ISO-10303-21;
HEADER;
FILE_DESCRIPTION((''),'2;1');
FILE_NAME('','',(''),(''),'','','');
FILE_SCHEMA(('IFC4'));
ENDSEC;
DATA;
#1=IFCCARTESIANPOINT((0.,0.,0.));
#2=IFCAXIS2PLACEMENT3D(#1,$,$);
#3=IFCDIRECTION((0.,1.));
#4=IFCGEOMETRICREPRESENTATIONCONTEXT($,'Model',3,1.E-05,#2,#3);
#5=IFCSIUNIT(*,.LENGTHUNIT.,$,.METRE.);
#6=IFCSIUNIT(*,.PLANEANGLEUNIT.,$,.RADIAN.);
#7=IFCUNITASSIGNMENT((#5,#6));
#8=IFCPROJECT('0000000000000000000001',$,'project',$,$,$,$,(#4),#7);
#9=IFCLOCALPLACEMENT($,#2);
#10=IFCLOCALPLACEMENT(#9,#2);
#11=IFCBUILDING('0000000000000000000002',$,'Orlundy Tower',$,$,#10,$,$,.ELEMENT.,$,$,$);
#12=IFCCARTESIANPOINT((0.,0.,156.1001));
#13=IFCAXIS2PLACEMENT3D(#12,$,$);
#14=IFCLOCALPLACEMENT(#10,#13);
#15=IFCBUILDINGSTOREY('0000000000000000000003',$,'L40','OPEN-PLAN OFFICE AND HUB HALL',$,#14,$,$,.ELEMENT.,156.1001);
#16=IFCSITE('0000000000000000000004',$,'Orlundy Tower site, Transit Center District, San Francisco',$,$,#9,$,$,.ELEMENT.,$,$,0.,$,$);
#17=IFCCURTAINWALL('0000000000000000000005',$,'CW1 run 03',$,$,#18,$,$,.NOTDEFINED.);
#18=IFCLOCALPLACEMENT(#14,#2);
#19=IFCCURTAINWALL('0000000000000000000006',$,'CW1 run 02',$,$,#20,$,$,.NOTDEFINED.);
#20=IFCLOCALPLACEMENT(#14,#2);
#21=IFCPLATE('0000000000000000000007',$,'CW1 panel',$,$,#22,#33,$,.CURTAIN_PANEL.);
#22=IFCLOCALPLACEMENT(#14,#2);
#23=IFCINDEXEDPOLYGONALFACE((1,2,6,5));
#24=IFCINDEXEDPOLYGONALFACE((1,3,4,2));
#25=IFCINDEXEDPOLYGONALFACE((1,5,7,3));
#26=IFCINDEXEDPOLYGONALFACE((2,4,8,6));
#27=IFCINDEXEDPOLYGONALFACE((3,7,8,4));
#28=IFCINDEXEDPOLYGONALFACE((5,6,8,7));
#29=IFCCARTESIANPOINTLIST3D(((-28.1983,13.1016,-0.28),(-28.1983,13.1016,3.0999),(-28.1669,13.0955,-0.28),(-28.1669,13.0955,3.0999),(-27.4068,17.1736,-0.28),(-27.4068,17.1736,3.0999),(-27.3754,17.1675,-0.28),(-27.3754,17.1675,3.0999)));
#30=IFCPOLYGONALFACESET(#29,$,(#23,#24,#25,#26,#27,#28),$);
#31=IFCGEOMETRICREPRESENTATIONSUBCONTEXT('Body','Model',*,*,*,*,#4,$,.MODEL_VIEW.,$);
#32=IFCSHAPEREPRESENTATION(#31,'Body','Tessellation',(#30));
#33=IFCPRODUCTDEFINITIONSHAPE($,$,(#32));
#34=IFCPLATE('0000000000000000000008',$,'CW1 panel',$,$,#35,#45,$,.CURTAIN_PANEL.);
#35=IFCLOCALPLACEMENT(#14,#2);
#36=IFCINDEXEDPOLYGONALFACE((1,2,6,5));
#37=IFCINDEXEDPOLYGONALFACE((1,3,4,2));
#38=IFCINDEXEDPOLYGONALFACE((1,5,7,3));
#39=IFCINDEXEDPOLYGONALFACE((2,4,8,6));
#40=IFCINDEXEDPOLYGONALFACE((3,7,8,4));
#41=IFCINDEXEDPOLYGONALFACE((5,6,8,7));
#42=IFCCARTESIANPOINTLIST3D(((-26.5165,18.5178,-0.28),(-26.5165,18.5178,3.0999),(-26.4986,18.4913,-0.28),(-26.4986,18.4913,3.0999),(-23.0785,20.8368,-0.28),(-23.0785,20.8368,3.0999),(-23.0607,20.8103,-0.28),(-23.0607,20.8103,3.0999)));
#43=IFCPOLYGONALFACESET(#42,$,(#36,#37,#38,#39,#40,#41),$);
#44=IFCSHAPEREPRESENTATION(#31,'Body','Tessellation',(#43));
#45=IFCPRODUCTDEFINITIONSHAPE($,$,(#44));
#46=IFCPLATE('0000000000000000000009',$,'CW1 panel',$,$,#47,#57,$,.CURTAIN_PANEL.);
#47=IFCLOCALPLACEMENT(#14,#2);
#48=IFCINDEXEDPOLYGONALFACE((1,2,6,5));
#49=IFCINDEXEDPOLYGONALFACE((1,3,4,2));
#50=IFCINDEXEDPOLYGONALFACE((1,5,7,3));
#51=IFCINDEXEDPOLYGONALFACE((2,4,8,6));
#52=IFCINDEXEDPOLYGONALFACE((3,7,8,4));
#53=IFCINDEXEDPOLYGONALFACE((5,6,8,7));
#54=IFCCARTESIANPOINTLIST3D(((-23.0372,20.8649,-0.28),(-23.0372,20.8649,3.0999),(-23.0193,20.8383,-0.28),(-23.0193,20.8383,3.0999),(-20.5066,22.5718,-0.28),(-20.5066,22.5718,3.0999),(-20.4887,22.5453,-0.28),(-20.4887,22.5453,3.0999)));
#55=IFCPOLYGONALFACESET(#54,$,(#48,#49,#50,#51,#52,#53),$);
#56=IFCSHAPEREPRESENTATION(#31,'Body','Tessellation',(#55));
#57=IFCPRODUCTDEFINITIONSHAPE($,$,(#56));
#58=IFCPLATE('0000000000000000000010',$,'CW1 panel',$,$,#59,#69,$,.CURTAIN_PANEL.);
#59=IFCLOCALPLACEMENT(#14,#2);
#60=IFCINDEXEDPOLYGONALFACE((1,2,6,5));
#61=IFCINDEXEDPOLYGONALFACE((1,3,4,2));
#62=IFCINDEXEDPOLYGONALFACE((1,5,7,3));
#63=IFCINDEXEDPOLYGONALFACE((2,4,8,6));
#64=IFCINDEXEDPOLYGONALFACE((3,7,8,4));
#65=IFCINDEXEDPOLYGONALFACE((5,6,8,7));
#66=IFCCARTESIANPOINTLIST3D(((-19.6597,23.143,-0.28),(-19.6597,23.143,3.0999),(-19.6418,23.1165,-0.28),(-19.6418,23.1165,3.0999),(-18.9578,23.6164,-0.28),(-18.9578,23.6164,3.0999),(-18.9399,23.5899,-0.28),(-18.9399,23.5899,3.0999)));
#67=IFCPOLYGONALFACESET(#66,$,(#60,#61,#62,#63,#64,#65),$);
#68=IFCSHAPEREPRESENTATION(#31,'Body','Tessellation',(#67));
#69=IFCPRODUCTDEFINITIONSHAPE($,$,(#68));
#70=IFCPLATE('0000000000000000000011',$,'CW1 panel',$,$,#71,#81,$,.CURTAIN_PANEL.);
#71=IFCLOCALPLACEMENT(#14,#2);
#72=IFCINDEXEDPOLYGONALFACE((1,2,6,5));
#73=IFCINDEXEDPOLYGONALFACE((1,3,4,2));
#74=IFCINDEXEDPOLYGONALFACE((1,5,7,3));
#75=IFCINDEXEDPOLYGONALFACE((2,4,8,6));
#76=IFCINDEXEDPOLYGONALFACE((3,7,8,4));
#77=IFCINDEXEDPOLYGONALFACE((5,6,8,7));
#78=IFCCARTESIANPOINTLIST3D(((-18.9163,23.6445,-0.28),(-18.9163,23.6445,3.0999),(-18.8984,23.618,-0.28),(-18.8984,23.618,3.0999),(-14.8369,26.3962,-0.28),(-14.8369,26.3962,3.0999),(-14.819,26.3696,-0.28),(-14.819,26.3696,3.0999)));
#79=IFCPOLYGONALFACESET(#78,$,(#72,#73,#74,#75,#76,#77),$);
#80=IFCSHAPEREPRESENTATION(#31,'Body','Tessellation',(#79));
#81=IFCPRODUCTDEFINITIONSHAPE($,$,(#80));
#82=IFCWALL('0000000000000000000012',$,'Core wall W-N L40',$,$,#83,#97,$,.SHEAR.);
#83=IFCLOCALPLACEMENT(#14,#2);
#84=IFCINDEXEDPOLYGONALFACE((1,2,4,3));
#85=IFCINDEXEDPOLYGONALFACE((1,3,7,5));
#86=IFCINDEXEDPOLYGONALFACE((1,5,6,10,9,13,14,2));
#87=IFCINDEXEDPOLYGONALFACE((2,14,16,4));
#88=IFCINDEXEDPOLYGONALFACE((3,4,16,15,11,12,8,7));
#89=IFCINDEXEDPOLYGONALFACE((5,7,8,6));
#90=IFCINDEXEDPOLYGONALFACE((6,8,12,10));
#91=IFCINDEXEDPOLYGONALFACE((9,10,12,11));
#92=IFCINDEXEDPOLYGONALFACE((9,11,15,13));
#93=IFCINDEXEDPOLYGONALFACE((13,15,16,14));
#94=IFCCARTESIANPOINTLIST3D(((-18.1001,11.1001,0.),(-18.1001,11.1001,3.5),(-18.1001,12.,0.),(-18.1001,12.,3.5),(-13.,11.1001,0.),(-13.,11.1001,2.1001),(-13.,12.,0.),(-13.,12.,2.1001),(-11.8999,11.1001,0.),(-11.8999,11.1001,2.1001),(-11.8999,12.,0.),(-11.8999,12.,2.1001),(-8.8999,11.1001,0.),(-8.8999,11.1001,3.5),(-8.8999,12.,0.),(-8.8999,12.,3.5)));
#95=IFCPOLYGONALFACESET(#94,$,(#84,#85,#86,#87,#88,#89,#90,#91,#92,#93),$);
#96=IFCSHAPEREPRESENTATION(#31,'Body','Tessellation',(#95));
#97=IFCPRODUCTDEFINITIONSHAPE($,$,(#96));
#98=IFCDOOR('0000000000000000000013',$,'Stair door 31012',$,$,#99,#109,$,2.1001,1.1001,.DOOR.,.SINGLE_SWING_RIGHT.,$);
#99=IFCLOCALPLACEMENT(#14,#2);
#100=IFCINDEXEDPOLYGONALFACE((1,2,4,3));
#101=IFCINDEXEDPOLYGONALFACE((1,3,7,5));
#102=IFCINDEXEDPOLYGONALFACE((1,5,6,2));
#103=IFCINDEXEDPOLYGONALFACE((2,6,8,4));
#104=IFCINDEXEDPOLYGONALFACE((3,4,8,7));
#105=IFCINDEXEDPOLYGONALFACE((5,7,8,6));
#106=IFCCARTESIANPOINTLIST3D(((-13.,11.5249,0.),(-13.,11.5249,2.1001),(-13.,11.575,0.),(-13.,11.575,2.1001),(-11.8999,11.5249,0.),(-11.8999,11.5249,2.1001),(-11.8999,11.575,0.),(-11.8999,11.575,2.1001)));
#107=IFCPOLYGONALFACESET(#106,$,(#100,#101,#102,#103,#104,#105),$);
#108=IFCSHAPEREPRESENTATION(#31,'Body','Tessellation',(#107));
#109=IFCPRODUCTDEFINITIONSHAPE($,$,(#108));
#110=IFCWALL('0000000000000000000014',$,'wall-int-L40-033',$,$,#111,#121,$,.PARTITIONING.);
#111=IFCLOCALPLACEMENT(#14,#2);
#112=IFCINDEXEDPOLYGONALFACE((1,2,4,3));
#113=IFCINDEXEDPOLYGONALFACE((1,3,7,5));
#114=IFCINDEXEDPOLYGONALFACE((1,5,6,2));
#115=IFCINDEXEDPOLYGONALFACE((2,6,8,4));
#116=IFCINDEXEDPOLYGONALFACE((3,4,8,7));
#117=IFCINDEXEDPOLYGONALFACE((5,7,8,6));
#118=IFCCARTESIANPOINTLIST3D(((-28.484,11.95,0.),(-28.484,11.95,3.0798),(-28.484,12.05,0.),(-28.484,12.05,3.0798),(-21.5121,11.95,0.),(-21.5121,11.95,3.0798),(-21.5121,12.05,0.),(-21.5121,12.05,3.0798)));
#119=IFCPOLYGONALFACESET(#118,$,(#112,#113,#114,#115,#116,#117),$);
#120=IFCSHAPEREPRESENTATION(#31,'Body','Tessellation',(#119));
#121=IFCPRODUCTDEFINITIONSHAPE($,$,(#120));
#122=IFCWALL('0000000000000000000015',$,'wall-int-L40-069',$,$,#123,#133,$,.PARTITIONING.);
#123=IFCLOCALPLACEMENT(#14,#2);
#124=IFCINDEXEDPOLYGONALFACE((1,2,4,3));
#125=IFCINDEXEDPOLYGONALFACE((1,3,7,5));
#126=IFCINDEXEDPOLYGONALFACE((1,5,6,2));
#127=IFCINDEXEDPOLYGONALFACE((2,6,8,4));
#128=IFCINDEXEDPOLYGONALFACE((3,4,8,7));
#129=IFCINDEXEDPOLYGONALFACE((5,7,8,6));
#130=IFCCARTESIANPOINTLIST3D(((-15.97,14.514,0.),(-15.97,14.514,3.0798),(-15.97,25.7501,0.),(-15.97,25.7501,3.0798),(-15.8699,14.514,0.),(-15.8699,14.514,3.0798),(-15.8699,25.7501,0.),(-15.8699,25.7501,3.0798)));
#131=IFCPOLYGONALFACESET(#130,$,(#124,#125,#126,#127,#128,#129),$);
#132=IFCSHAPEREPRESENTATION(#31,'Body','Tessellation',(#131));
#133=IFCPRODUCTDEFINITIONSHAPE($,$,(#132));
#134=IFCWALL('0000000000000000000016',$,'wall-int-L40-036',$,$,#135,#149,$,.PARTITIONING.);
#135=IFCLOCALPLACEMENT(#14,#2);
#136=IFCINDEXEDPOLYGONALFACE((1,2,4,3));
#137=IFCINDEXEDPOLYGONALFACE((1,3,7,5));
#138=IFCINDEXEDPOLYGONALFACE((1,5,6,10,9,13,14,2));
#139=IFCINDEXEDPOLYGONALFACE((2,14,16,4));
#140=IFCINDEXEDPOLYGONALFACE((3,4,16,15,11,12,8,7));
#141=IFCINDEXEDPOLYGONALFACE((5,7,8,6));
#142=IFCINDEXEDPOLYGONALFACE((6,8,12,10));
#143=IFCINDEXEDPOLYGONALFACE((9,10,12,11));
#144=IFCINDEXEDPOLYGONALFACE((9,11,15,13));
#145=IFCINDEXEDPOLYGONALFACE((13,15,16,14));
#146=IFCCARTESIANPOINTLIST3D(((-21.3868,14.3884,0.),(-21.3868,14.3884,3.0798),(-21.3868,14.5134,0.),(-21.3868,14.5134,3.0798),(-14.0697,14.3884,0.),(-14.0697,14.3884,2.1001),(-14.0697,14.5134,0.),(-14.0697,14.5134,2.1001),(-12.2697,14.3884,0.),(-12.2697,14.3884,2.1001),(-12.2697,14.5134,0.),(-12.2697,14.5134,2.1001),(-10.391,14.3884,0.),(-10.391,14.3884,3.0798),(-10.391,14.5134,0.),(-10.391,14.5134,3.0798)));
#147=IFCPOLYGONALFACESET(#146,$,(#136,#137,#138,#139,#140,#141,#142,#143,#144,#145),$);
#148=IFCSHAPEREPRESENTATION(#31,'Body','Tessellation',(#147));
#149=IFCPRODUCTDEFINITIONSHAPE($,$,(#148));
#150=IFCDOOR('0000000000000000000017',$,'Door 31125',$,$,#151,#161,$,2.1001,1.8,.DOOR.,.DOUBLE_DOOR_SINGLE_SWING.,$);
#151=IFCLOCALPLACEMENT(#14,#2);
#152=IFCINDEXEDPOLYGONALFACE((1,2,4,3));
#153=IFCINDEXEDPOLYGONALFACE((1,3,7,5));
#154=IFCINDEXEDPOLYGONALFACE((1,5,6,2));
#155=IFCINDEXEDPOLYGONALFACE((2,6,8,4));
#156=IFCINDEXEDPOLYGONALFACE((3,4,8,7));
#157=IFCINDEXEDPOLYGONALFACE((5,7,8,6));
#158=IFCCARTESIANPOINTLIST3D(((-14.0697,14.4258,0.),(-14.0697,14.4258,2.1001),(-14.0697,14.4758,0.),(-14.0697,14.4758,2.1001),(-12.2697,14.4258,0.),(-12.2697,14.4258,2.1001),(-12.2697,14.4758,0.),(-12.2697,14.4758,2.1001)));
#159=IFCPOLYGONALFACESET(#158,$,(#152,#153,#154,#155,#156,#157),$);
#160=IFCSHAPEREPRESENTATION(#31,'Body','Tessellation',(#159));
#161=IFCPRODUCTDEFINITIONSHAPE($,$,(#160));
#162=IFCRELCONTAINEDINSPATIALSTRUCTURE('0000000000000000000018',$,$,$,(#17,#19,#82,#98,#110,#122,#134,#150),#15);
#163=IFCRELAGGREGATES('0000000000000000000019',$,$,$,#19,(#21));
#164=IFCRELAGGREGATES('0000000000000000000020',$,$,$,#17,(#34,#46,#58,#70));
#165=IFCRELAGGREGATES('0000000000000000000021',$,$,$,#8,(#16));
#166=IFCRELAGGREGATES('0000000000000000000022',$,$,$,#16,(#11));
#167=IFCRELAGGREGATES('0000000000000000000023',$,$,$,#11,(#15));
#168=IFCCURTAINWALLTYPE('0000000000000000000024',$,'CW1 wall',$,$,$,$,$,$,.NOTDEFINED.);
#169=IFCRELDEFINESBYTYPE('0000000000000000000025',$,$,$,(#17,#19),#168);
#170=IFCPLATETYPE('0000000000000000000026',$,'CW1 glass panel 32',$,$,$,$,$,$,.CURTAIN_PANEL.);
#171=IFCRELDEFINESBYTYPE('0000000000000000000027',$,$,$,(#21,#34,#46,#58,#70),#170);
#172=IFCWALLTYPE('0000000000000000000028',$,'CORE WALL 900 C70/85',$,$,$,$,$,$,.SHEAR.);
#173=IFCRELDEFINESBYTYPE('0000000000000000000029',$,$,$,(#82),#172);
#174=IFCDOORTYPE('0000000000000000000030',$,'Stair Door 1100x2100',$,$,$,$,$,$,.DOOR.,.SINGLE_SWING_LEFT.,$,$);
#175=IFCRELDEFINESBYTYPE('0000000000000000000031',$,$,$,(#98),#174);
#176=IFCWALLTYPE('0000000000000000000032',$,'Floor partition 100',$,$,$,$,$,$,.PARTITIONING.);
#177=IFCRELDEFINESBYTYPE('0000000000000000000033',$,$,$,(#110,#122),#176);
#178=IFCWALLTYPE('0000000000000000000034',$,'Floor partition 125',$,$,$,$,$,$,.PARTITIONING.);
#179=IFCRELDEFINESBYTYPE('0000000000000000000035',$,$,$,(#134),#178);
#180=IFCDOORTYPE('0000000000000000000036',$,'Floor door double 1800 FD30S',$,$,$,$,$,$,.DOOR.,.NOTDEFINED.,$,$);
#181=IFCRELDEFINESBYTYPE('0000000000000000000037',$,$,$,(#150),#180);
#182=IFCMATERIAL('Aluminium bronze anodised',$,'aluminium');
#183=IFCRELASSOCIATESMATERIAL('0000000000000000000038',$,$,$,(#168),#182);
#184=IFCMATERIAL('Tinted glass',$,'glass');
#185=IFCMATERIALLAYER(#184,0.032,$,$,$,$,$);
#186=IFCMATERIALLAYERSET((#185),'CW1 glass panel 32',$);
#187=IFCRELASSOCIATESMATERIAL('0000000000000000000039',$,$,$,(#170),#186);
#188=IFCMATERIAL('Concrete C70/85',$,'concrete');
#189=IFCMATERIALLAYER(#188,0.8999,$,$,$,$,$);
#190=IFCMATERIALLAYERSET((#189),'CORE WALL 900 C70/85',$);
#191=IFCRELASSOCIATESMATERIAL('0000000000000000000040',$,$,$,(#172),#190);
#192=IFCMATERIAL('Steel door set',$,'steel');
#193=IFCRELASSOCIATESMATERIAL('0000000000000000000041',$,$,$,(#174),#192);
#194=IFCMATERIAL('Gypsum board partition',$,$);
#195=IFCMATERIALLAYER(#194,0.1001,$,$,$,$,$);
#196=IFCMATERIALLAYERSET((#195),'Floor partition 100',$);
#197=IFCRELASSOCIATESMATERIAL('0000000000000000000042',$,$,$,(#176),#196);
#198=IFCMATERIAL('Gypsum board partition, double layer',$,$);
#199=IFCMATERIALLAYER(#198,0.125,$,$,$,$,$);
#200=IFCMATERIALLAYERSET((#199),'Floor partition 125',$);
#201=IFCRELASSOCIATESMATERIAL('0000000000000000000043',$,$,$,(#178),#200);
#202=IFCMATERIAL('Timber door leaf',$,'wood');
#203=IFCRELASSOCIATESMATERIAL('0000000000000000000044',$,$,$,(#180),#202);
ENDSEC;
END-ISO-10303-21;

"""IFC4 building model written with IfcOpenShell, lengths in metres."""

from ifc_helpers import new_model, si_unit, direction, frame, frame_2d, origin, origin_2d, place, context, subcontext, project, spatial, rectangle, extrude, material, layer, layer_set, type_object, element, fill, aggregate, save


model = new_model("IFC4")

# Units and contexts
model_context = context("Model", 3, precision=1e-05, world=origin(), true_north=direction((0.0, 1.0)))
body_context = subcontext(model_context, "Body", "Model", "MODEL_VIEW")
ifc_project = project(units=[si_unit("LENGTHUNIT", "METRE"), si_unit("PLANEANGLEUNIT", "RADIAN")], contexts=[model_context])

# Site, building, storey
site_placement = place(None, origin())
site = spatial("IfcSite", under=ifc_project, at=site_placement, Name="Orlundy Tower site, Transit Center District, San Francisco", CompositionType="ELEMENT", RefElevation=0.0)
building_placement = place(site_placement, origin())
building = spatial("IfcBuilding", under=site, at=building_placement, Name="Orlundy Tower", CompositionType="ELEMENT")
storey_placement = place(building_placement, frame((0.0, 0.0, 156.1001)))
storey = spatial("IfcBuildingStorey", under=building, at=storey_placement, Name="L40", Description="OPEN-PLAN OFFICE AND HUB HALL", CompositionType="ELEMENT", Elevation=156.1001)

# Curtain wall
ifc_material_1 = material(Name="Aluminium bronze anodised", Category="aluminium")
curtain_wall_type = type_object("IfcCurtainWallType", Name="CW1 wall", PredefinedType="NOTDEFINED", material=ifc_material_1)
curtain_wall_1_placement = place(storey_placement, origin())
curtain_wall_1 = element("IfcCurtainWall", 1, at=curtain_wall_1_placement, inside=storey, type_object=curtain_wall_type, Name="CW1 run 03", PredefinedType="NOTDEFINED")

# Curtain wall
curtain_wall_2_placement = place(storey_placement, origin())
curtain_wall_2 = element("IfcCurtainWall", 2, at=curtain_wall_2_placement, inside=storey, type_object=curtain_wall_type, Name="CW1 run 02", PredefinedType="NOTDEFINED")

# Plates
ifc_material_2 = material(Name="Tinted glass", Category="glass")
ifc_layer_1 = layer(ifc_material_2, 0.032)
ifc_layer_set_1 = layer_set([ifc_layer_1], Name="CW1 glass panel 32")
plate_type = type_object("IfcPlateType", Name="CW1 glass panel 32", PredefinedType="CURTAIN_PANEL", material=ifc_layer_set_1)
plate_1_placement = place(storey_placement, frame((-27.7869, 15.1345, -0.28), z_axis=(0.0, 0.0, 1.0), x_axis=(0.190805, 0.981628, 0.0)))
plate_1 = element("IfcPlate", 3, at=plate_1_placement, type_object=plate_type, Name="CW1 panel", PredefinedType="CURTAIN_PANEL", context=body_context, shape_type="SweptSolid", body=[
    extrude(rectangle(XDim=4.1482, YDim=0.032, at=origin_2d()), origin(), (0.0, 0.0, 1.0), 3.3799),
])
aggregate(curtain_wall_2, [plate_1])
plate_2_placement = place(storey_placement, frame((-24.7886, 19.6641, -0.28), z_axis=(0.0, 0.0, 1.0), x_axis=(0.82903, 0.559205, 0.0)))
plate_2 = element("IfcPlate", 4, at=plate_2_placement, type_object=plate_type, Name="CW1 panel", PredefinedType="CURTAIN_PANEL", context=body_context, shape_type="SweptSolid", body=[
    extrude(rectangle(XDim=4.147, YDim=0.032, at=origin_2d()), origin(), (0.0, 0.0, 1.0), 3.3799),
])
plate_3_placement = place(storey_placement, frame((-21.7629, 21.7051, -0.28), z_axis=(0.0, 0.0, 1.0), x_axis=(0.82903, 0.559205, 0.0)))
plate_3 = element("IfcPlate", 5, at=plate_3_placement, type_object=plate_type, Name="CW1 panel", PredefinedType="CURTAIN_PANEL", context=body_context, shape_type="SweptSolid", body=[
    extrude(rectangle(XDim=3.0525, YDim=0.032, at=origin_2d()), origin(), (0.0, 0.0, 1.0), 3.3799),
])
plate_4_placement = place(storey_placement, frame((-19.2998, 23.3665, -0.28), z_axis=(0.0, 0.0, 1.0), x_axis=(0.82903, 0.559205, 0.0)))
plate_4 = element("IfcPlate", 6, at=plate_4_placement, type_object=plate_type, Name="CW1 panel", PredefinedType="CURTAIN_PANEL", context=body_context, shape_type="SweptSolid", body=[
    extrude(rectangle(XDim=0.8467, YDim=0.032, at=origin_2d()), origin(), (0.0, 0.0, 1.0), 3.3799),
])
plate_5_placement = place(storey_placement, frame((-16.8677, 25.0071, -0.28), z_axis=(0.0, 0.0, 1.0), x_axis=(0.82903, 0.559205, 0.0)))
plate_5 = element("IfcPlate", 7, at=plate_5_placement, type_object=plate_type, Name="CW1 panel", PredefinedType="CURTAIN_PANEL", context=body_context, shape_type="SweptSolid", body=[
    extrude(rectangle(XDim=4.9207, YDim=0.032, at=origin_2d()), origin(), (0.0, 0.0, 1.0), 3.3799),
])
aggregate(curtain_wall_1, [plate_2, plate_3, plate_4, plate_5])

# Wall, opening, door
ifc_material_3 = material(Name="Concrete C70/85", Category="concrete")
ifc_layer_2 = layer(ifc_material_3, 0.8999)
ifc_layer_set_2 = layer_set([ifc_layer_2], Name="CORE WALL 900 C70/85")
wall_type_1 = type_object("IfcWallType", Name="CORE WALL 900 C70/85", PredefinedType="SHEAR", material=ifc_layer_set_2)
wall_1_placement = place(storey_placement, frame((-18.1001, 11.55, 0.0), z_axis=(0.0, 0.0, 1.0), x_axis=(1.0, 0.0, 0.0)))
wall_1 = element("IfcWall", 8, at=wall_1_placement, inside=storey, type_object=wall_type_1, Name="Core wall W-N L40", PredefinedType="SHEAR", context=body_context, shape_type="SweptSolid", body=[
    extrude(rectangle(XDim=9.2002, YDim=0.8999, at=frame_2d((4.6001, 0.0))), origin(), (0.0, 0.0, 1.0), 3.5),
])
opening_1_placement = place(wall_1_placement, frame((5.1001, 0.0, 0.0)))
opening_1 = element("IfcOpeningElement", 9, at=opening_1_placement, cuts=wall_1, PredefinedType="OPENING", context=body_context, shape_type="SweptSolid", body=[
    extrude(rectangle(XDim=1.1001, YDim=2.1001, at=frame_2d((0.55, 1.05))), frame((0.0, 0.46, 0.0), z_axis=(0.0, -1.0, 0.0), x_axis=(1.0, 0.0, 0.0)), (0.0, 0.0, 1.0), 0.9199),
])
ifc_material_4 = material(Name="Steel door set", Category="steel")
door_type_1 = type_object("IfcDoorType", Name="Stair Door 1100x2100", OperationType="SINGLE_SWING_LEFT", PredefinedType="DOOR", material=ifc_material_4)
door_1_placement = place(opening_1_placement, origin())
door_1 = element("IfcDoor", 10, at=door_1_placement, inside=storey, type_object=door_type_1, Name="Stair door 31012", OperationType="SINGLE_SWING_RIGHT", OverallHeight=2.1001, OverallWidth=1.1001, PredefinedType="DOOR", context=body_context, shape_type="SweptSolid", body=[
    extrude(rectangle(XDim=1.1001, YDim=2.1001, at=frame_2d((0.55, 1.05))), frame((0.0, 0.0249, 0.0), z_axis=(0.0, -1.0, 0.0), x_axis=(1.0, 0.0, 0.0)), (0.0, 0.0, 1.0), 0.05),
])
fill(opening_1, door_1)

# Walls
ifc_material_5 = material(Name="Gypsum board partition")
ifc_layer_3 = layer(ifc_material_5, 0.1001)
ifc_layer_set_3 = layer_set([ifc_layer_3], Name="Floor partition 100")
wall_type_2 = type_object("IfcWallType", Name="Floor partition 100", PredefinedType="PARTITIONING", material=ifc_layer_set_3)
wall_2_placement = place(storey_placement, frame((-28.4839, 12.0, 0.0), z_axis=(0.0, 0.0, 1.0), x_axis=(1.0, 0.0, 0.0)))
element("IfcWall", 11, at=wall_2_placement, inside=storey, type_object=wall_type_2, Name="wall-int-L40-033", PredefinedType="PARTITIONING", context=body_context, shape_type="SweptSolid", body=[
    extrude(rectangle(XDim=6.9719, YDim=0.1001, at=frame_2d((3.4858, 0.0))), origin(), (0.0, 0.0, 1.0), 3.0798),
])
wall_3_placement = place(storey_placement, frame((-15.9199, 14.5139, 0.0), z_axis=(0.0, 0.0, 1.0), x_axis=(0.0, 1.0, 0.0)))
element("IfcWall", 12, at=wall_3_placement, inside=storey, type_object=wall_type_2, Name="wall-int-L40-069", PredefinedType="PARTITIONING", context=body_context, shape_type="SweptSolid", body=[
    extrude(rectangle(XDim=11.2361, YDim=0.1001, at=frame_2d((5.6182, 0.0))), origin(), (0.0, 0.0, 1.0), 3.0798),
])

# Wall, opening, door
ifc_material_6 = material(Name="Gypsum board partition, double layer")
ifc_layer_4 = layer(ifc_material_6, 0.125)
ifc_layer_set_4 = layer_set([ifc_layer_4], Name="Floor partition 125")
wall_type_3 = type_object("IfcWallType", Name="Floor partition 125", PredefinedType="PARTITIONING", material=ifc_layer_set_4)
wall_4_placement = place(storey_placement, frame((-21.387, 14.4509, 0.0), z_axis=(0.0, 0.0, 1.0), x_axis=(1.0, 0.0, 0.0)))
wall_4 = element("IfcWall", 13, at=wall_4_placement, inside=storey, type_object=wall_type_3, Name="wall-int-L40-036", PredefinedType="PARTITIONING", context=body_context, shape_type="SweptSolid", body=[
    extrude(rectangle(XDim=10.9958, YDim=0.125, at=frame_2d((5.498, 0.0))), origin(), (0.0, 0.0, 1.0), 3.0798),
])
opening_2_placement = place(wall_4_placement, frame((7.3174, 0.0, 0.0)))
opening_2 = element("IfcOpeningElement", 14, at=opening_2_placement, cuts=wall_4, PredefinedType="OPENING", context=body_context, shape_type="SweptSolid", body=[
    extrude(rectangle(XDim=1.8, YDim=2.1001, at=frame_2d((0.8999, 1.05))), frame((0.0, 0.0725, 0.0), z_axis=(0.0, -1.0, 0.0), x_axis=(1.0, 0.0, 0.0)), (0.0, 0.0, 1.0), 0.145),
])
ifc_material_7 = material(Name="Timber door leaf", Category="wood")
door_type_2 = type_object("IfcDoorType", Name="Floor door double 1800 FD30S", OperationType="NOTDEFINED", PredefinedType="DOOR", material=ifc_material_7)
door_2_placement = place(opening_2_placement, origin())
door_2 = element("IfcDoor", 15, at=door_2_placement, inside=storey, type_object=door_type_2, Name="Door 31125", OperationType="DOUBLE_DOOR_SINGLE_SWING", OverallHeight=2.1001, OverallWidth=1.8, PredefinedType="DOOR", context=body_context, shape_type="SweptSolid", body=[
    extrude(rectangle(XDim=1.8, YDim=2.1001, at=frame_2d((0.8999, 1.05))), frame((0.0, 0.0249, 0.0), z_axis=(0.0, -1.0, 0.0), x_axis=(1.0, 0.0, 0.0)), (0.0, 0.0, 1.0), 0.05),
])
fill(opening_2, door_2)

save(model, "model.ifc")
